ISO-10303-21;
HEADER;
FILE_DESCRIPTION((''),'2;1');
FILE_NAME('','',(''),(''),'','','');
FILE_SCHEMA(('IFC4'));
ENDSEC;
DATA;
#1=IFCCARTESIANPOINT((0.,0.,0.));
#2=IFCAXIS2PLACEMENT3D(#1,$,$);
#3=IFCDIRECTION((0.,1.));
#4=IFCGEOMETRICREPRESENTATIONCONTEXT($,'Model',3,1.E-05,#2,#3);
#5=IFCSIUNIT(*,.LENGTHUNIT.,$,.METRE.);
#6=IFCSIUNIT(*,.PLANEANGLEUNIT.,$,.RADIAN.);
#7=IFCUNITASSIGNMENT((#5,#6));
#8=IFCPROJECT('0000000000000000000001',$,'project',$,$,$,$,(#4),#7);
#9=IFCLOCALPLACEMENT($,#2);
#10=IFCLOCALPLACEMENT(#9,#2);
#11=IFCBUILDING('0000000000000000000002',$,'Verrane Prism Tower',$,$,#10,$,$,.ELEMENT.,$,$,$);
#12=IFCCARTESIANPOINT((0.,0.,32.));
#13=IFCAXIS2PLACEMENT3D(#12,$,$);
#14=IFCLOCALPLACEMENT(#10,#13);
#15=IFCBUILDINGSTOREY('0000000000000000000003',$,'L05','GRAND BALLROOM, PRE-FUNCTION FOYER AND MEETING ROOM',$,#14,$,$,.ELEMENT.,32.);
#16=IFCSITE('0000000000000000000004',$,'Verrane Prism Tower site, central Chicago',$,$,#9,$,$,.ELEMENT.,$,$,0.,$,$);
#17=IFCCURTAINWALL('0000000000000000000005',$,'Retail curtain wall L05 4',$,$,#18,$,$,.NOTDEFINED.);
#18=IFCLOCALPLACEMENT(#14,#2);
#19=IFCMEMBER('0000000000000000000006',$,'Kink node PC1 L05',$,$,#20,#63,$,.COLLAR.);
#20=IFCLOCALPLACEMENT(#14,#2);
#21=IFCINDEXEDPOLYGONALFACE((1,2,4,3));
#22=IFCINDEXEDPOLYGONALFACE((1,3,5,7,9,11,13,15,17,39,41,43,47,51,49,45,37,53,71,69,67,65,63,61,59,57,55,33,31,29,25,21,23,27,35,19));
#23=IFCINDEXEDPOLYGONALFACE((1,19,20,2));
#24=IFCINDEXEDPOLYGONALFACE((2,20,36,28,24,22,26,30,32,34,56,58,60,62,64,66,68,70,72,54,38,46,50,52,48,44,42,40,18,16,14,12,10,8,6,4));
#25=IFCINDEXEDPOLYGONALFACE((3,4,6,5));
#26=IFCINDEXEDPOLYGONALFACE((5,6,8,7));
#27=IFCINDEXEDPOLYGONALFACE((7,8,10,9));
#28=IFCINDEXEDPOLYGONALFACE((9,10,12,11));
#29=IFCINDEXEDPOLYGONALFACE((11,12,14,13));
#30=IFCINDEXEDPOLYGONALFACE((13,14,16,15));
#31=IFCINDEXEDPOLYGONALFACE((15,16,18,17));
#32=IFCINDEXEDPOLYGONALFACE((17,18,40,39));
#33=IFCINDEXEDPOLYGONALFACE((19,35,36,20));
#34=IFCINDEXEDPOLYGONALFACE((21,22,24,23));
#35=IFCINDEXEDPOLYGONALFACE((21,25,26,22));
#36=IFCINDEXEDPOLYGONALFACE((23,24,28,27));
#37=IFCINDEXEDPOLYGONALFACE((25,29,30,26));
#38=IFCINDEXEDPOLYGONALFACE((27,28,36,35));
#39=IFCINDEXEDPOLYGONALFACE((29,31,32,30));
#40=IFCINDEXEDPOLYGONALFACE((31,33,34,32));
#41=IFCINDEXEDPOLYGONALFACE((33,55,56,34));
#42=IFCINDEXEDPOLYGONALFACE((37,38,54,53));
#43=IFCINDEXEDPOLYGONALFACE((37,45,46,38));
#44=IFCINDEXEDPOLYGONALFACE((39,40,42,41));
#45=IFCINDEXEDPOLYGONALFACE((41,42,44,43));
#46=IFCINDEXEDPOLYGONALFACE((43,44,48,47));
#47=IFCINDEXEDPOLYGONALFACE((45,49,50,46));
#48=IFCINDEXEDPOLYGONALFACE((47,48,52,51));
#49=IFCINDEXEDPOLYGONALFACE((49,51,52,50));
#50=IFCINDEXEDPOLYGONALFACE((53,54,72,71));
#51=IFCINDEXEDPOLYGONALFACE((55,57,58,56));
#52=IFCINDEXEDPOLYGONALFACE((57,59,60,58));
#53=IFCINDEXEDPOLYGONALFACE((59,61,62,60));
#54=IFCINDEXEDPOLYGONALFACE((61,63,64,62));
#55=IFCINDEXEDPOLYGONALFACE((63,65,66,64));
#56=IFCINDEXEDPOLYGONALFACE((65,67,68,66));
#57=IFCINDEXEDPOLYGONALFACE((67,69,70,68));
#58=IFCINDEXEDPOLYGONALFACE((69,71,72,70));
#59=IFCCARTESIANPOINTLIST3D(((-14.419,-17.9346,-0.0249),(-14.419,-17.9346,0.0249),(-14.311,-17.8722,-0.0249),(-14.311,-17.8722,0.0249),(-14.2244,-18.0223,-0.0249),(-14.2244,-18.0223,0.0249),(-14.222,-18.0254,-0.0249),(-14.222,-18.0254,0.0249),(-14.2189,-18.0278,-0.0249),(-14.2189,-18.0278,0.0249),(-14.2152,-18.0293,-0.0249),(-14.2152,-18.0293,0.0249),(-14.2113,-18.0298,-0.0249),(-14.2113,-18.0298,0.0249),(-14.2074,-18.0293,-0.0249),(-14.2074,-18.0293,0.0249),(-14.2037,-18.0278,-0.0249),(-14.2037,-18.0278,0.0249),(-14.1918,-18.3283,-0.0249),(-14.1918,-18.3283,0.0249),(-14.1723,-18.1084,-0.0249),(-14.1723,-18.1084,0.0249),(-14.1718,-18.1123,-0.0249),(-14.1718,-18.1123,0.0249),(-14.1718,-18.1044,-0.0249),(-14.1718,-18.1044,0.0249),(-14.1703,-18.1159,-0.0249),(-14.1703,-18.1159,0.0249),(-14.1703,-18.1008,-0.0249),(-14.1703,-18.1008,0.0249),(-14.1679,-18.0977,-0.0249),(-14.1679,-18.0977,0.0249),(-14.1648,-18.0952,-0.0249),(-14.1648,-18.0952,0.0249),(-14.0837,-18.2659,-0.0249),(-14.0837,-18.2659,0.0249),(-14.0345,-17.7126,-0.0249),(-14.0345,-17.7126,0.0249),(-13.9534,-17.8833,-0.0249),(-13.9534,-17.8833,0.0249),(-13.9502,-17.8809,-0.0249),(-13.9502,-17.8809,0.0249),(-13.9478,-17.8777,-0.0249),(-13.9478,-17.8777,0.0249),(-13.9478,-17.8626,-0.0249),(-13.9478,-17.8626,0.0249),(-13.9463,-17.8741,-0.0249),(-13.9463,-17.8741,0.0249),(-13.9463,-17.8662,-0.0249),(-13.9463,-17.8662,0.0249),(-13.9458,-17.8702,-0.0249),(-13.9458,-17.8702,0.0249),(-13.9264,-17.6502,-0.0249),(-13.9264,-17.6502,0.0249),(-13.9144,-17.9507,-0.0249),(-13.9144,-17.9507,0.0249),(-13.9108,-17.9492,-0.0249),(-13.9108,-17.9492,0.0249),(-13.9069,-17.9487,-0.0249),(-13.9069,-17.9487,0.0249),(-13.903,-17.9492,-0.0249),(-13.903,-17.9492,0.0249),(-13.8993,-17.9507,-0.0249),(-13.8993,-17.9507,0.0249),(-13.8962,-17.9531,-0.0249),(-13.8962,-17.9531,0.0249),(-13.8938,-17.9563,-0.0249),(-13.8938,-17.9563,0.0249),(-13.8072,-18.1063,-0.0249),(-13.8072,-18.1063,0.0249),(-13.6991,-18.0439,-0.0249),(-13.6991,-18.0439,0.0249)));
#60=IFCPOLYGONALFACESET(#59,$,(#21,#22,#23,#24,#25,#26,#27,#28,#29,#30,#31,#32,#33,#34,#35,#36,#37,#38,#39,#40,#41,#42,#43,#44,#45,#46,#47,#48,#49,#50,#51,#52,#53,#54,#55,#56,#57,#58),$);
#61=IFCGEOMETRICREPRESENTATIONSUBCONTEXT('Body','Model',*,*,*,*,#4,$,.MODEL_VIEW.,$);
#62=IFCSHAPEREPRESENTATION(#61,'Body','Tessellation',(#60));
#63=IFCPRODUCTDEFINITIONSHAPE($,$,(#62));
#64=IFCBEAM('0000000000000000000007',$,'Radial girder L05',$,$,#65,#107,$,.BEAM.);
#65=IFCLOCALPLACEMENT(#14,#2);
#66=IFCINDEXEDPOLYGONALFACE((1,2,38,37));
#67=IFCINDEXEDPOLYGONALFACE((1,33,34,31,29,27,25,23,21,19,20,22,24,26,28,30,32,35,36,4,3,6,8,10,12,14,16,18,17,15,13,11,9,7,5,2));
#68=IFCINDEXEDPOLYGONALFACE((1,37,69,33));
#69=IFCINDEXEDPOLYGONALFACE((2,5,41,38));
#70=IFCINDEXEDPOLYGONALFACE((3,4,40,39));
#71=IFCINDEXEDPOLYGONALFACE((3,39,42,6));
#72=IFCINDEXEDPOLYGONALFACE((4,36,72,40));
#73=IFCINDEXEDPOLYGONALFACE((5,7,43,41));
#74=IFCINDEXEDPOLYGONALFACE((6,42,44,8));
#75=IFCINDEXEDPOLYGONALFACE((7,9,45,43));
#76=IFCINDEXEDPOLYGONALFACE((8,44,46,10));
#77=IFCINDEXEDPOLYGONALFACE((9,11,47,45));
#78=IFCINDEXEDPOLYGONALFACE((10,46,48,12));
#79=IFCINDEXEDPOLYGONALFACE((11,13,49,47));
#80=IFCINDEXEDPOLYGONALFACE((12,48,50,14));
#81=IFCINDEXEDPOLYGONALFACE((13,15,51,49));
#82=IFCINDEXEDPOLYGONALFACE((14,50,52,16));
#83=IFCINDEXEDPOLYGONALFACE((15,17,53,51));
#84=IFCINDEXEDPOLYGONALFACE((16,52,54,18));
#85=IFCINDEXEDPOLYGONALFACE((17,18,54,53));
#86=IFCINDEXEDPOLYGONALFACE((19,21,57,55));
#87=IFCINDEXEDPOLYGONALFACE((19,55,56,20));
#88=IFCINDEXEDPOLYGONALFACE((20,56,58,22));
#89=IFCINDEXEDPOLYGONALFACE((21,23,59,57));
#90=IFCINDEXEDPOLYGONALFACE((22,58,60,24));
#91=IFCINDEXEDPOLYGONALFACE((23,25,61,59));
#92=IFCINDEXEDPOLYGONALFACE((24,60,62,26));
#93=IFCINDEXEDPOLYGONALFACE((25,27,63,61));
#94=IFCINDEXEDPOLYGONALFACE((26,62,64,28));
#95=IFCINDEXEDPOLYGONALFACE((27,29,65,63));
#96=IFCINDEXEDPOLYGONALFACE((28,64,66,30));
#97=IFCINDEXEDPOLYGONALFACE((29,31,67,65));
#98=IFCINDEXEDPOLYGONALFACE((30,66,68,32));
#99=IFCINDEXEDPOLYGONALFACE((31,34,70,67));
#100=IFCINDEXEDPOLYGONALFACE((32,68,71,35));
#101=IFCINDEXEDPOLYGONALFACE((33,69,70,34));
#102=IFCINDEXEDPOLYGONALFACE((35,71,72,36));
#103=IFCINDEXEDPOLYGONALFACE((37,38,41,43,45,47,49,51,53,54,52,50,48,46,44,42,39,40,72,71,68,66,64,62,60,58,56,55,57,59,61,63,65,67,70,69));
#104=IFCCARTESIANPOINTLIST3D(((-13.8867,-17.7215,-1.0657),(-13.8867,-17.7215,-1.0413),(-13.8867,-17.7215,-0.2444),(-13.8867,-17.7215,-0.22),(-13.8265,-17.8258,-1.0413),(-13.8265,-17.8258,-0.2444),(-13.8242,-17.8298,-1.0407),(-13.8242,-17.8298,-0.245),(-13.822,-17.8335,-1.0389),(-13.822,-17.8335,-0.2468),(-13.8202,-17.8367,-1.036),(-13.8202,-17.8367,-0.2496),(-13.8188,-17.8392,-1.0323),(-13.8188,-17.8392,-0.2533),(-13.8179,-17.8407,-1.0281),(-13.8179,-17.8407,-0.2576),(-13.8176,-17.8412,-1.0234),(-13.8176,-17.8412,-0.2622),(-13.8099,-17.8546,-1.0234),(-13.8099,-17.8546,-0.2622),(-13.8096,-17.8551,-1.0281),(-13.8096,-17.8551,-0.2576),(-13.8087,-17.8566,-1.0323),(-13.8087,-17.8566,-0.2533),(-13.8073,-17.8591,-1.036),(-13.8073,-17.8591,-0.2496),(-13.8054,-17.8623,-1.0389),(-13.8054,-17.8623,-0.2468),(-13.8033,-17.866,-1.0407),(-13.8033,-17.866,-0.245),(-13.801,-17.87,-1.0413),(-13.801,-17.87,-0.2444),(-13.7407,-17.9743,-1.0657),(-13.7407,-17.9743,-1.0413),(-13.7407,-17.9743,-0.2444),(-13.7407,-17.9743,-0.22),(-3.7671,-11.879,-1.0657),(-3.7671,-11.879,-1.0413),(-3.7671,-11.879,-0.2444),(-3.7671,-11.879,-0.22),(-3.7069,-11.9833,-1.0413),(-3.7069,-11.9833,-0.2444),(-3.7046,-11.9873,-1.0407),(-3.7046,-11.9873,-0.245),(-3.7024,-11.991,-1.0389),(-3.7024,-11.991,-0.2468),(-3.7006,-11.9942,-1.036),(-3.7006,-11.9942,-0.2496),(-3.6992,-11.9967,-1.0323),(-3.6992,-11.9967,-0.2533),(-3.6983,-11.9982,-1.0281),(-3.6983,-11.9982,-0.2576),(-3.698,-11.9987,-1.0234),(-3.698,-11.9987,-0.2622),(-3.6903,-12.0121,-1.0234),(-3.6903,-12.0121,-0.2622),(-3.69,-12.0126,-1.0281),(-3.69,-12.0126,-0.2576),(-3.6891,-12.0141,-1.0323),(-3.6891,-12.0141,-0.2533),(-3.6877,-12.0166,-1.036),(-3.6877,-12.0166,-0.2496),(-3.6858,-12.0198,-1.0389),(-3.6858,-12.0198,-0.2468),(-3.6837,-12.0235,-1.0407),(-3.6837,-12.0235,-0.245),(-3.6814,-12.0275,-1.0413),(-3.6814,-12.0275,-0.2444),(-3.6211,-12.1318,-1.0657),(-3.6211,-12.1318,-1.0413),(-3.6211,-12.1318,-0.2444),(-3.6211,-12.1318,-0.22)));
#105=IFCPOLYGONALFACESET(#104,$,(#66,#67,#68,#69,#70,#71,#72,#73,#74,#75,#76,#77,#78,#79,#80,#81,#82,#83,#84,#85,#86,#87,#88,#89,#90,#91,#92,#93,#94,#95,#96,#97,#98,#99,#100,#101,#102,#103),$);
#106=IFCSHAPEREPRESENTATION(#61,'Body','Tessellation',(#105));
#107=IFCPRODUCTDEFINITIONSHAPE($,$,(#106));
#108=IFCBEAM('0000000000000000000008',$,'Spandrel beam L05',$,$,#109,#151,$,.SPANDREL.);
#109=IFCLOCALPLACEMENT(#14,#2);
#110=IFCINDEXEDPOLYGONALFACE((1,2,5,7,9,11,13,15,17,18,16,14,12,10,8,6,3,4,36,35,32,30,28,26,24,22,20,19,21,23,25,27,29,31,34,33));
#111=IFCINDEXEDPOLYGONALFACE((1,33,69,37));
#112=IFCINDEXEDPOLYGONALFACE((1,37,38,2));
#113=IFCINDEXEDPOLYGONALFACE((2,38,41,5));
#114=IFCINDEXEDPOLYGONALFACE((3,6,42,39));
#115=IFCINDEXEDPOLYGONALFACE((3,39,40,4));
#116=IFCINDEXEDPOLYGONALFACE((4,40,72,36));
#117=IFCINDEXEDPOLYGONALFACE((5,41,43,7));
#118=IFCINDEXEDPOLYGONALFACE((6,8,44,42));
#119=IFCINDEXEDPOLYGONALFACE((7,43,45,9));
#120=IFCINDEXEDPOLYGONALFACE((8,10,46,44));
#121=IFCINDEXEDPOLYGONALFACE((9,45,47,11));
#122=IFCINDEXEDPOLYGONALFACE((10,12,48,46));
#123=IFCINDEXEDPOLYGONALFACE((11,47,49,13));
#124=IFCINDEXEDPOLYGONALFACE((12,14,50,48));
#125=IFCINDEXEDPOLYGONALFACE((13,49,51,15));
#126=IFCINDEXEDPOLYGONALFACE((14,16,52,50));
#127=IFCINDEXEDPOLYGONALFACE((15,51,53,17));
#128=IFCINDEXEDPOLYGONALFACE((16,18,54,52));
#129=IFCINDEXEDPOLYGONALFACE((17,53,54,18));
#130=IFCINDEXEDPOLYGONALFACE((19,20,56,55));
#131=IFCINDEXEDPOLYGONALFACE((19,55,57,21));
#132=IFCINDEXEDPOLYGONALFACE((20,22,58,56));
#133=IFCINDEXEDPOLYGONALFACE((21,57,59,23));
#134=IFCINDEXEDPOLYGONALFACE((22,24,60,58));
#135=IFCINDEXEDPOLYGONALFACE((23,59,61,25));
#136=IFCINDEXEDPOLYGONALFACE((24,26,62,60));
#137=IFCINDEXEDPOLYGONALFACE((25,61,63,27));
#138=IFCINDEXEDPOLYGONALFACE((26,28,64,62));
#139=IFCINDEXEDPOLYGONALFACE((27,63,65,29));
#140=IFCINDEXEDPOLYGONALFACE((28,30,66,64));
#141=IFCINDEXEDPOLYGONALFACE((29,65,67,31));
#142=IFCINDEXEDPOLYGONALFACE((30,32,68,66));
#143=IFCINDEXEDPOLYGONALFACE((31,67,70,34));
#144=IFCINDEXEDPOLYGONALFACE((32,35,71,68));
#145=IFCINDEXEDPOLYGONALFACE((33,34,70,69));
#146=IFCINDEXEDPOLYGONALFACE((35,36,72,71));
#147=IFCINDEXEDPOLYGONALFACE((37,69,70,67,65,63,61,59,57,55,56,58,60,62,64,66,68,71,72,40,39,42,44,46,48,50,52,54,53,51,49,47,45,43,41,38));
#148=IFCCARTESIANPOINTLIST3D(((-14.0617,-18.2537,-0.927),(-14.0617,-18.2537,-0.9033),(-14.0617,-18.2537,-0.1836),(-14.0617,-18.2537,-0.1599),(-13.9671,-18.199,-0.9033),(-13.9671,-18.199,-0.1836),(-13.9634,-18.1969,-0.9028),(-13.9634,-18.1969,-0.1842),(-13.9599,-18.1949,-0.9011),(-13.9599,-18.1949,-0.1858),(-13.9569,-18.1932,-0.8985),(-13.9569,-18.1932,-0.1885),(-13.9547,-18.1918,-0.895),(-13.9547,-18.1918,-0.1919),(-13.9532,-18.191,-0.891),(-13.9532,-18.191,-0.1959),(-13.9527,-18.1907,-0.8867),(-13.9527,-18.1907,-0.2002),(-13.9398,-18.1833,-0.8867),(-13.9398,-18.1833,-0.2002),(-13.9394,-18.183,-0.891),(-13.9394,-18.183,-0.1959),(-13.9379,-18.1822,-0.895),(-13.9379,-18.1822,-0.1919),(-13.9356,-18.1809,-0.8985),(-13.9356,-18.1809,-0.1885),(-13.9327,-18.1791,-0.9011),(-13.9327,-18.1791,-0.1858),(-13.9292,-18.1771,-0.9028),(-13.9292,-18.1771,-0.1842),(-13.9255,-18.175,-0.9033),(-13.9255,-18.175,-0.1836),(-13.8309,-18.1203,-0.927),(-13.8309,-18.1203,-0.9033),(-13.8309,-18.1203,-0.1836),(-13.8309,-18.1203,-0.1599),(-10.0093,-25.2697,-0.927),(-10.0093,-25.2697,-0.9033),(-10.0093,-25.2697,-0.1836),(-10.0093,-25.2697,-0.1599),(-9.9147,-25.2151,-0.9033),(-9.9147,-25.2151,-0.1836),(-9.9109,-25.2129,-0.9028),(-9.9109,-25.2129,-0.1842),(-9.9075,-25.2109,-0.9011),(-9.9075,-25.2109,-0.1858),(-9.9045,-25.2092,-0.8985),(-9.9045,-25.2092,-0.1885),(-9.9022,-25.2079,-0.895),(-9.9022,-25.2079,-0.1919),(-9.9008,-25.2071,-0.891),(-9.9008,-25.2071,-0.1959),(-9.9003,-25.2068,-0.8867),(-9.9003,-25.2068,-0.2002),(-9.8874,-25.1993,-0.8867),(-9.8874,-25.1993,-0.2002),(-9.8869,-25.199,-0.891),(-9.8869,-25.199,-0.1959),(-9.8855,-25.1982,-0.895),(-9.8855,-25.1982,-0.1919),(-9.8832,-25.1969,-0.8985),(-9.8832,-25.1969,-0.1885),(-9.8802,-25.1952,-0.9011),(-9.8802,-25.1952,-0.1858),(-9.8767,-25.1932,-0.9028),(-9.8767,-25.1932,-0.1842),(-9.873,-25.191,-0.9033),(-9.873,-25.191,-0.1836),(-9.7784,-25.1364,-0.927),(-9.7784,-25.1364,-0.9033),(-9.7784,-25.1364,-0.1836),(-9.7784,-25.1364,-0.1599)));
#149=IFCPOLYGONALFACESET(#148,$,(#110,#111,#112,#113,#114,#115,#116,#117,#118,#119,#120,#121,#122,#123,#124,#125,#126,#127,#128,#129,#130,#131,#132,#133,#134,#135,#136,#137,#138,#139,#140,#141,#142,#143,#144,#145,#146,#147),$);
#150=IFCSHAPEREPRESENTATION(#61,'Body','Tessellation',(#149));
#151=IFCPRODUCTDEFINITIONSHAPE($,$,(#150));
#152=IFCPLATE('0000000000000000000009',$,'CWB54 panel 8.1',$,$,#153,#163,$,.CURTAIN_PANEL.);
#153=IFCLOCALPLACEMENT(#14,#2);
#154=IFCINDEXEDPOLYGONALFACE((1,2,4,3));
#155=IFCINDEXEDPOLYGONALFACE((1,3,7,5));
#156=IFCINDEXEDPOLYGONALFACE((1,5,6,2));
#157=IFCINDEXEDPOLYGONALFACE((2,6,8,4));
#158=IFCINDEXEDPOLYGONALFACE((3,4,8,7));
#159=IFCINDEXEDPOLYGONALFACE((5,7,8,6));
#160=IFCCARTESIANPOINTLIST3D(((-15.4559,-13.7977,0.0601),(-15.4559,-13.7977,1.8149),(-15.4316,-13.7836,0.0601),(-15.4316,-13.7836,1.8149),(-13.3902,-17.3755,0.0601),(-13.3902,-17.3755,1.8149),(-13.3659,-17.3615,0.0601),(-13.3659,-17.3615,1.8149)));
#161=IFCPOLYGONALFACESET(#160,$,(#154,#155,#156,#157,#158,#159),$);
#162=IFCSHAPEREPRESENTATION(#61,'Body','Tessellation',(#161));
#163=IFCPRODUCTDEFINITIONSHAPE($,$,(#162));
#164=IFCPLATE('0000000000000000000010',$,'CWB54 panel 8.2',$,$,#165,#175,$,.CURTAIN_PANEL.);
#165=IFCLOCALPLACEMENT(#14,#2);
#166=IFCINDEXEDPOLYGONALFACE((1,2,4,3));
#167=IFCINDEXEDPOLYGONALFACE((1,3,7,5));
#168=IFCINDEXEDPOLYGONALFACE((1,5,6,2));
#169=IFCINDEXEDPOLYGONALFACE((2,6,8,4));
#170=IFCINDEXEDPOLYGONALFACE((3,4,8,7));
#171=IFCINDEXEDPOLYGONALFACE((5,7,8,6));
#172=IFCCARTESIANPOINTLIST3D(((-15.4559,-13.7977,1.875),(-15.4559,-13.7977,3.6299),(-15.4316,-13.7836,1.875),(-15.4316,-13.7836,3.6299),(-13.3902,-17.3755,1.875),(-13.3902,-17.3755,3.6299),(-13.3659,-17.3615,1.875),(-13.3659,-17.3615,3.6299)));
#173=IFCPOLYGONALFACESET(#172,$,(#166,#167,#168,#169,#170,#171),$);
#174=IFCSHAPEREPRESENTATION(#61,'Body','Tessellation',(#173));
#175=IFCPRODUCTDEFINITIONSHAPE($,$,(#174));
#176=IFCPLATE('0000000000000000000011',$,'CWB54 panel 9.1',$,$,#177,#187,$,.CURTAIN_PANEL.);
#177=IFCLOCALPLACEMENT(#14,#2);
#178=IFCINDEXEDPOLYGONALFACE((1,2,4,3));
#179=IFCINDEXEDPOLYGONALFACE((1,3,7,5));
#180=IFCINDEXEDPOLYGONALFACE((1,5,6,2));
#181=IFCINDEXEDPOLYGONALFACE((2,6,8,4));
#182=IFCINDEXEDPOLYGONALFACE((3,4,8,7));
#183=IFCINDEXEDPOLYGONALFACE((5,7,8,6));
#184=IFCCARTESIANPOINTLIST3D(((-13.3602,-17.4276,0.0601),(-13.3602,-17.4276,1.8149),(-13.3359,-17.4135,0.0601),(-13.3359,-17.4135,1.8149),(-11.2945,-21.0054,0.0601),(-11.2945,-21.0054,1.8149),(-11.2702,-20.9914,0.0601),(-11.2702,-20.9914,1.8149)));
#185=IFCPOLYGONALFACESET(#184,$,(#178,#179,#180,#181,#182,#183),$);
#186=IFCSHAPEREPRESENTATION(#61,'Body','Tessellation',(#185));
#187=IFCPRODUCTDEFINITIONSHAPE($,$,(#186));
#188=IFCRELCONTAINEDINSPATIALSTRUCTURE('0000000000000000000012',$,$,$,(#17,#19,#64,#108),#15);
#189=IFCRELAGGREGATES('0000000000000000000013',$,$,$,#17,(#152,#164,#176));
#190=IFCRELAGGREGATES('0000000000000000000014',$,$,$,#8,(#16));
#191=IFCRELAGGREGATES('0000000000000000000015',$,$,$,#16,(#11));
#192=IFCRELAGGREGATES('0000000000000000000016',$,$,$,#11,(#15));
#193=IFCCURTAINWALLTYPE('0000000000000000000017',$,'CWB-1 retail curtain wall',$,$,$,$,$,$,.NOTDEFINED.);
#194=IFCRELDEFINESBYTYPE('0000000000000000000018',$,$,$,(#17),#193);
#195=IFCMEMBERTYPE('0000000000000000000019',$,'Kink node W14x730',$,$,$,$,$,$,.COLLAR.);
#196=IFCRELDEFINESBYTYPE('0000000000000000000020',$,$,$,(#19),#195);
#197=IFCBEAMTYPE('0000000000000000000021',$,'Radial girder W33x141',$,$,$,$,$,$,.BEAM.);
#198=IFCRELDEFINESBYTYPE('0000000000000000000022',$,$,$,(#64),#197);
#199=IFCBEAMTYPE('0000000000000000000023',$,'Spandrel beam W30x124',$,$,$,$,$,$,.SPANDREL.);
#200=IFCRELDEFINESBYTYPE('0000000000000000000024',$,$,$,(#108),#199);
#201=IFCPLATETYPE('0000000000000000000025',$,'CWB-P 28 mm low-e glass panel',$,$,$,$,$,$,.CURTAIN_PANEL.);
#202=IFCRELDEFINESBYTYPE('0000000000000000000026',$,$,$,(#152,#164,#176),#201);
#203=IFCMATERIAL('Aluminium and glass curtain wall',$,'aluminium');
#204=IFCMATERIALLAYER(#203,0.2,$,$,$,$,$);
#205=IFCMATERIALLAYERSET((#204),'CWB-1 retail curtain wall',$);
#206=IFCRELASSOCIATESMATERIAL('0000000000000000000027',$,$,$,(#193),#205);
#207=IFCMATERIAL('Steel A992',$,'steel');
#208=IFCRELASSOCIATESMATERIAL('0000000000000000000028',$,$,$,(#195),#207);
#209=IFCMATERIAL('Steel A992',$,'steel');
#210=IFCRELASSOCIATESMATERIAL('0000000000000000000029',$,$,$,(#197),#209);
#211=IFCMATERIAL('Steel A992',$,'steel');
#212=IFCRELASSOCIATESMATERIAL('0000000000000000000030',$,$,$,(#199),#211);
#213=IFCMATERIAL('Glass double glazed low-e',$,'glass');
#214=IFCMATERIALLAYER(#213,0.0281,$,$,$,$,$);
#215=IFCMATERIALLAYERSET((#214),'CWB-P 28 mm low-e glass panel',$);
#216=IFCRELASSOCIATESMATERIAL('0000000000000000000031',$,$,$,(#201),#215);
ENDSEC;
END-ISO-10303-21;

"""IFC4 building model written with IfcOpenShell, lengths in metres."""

from ifc_helpers import new_model, si_unit, direction, frame, origin, origin_2d, place, context, subcontext, project, spatial, rectangle, i_section, extrude, material, layer, layer_set, material_profile, profile_set, type_object, element, aggregate, save


model = new_model("IFC4")

# Units and contexts
model_context = context("Model", 3, precision=1e-05, world=origin(), true_north=direction((0.0, 1.0)))
body_context = subcontext(model_context, "Body", "Model", "MODEL_VIEW")
ifc_project = project(units=[si_unit("LENGTHUNIT", "METRE"), si_unit("PLANEANGLEUNIT", "RADIAN")], contexts=[model_context])

# Site, building, storey
site_placement = place(None, origin())
site = spatial("IfcSite", under=ifc_project, at=site_placement, Name="Verrane Prism Tower site, central Chicago", CompositionType="ELEMENT", RefElevation=0.0)
building_placement = place(site_placement, origin())
building = spatial("IfcBuilding", under=site, at=building_placement, Name="Verrane Prism Tower", CompositionType="ELEMENT")
storey_placement = place(building_placement, frame((0.0, 0.0, 32.0)))
storey = spatial("IfcBuildingStorey", under=building, at=storey_placement, Name="L05", Description="GRAND BALLROOM, PRE-FUNCTION FOYER AND MEETING ROOM", CompositionType="ELEMENT", Elevation=32.0)

# Curtain wall
ifc_material_1 = material(Name="Aluminium and glass curtain wall", Category="aluminium")
ifc_layer_1 = layer(ifc_material_1, 0.2)
ifc_layer_set_1 = layer_set([ifc_layer_1], Name="CWB-1 retail curtain wall")
curtain_wall_type = type_object("IfcCurtainWallType", Name="CWB-1 retail curtain wall", PredefinedType="NOTDEFINED", material=ifc_layer_set_1)
curtain_wall_placement = place(storey_placement, origin())
curtain_wall = element("IfcCurtainWall", 1, at=curtain_wall_placement, inside=storey, type_object=curtain_wall_type, Name="Retail curtain wall L05 4", PredefinedType="NOTDEFINED")

# Member
ifc_material_2 = material(Name="Steel A992", Category="steel")
ifc_material_profile_1 = material_profile(ifc_material_2, i_section(OverallWidth=0.4546, OverallDepth=0.5688, WebThickness=0.0779, FlangeThickness=0.1248, FilletRadius=0.0151, at=origin_2d()), Name="W14x730")
ifc_profile_set_1 = profile_set([ifc_material_profile_1], Name="Steel A992")
member_type_1 = type_object("IfcMemberType", Name="Kink node W14x730", PredefinedType="COLLAR", material=ifc_profile_set_1)
member_1_placement = place(storey_placement, frame((-14.0591, -17.9893, -0.0249), z_axis=(0.0, 0.0, 1.0), x_axis=(-0.5, 0.866025, 0.0)))
element("IfcMember", 2, at=member_1_placement, inside=storey, type_object=member_type_1, Name="Kink node PC1 L05", PredefinedType="COLLAR", context=body_context, shape_type="SweptSolid", body=[
    extrude(i_section(OverallWidth=0.4546, OverallDepth=0.5688, WebThickness=0.0779, FlangeThickness=0.1248, FilletRadius=0.0151, at=origin_2d()), origin(), (0.0, 0.0, 1.0), 0.0498),
])

# Beams
ifc_material_3 = material(Name="Steel A992", Category="steel")
ifc_material_profile_2 = material_profile(ifc_material_3, i_section(OverallWidth=0.292, OverallDepth=0.8457, WebThickness=0.0154, FlangeThickness=0.0244, FilletRadius=0.0178, at=origin_2d()), Name="W33x141")
ifc_profile_set_2 = profile_set([ifc_material_profile_2], Name="Steel A992")
beam_type_1 = type_object("IfcBeamType", Name="Radial girder W33x141", PredefinedType="BEAM", material=ifc_profile_set_2)
beam_1_placement = place(storey_placement, frame((-13.8137, -17.8479, -0.6428), z_axis=(0.866027, 0.499997, 0.0), x_axis=(-0.499997, 0.866027, 0.0)))
element("IfcBeam", 3, at=beam_1_placement, inside=storey, type_object=beam_type_1, Name="Radial girder L05", PredefinedType="BEAM", context=body_context, shape_type="SweptSolid", body=[
    extrude(i_section(OverallWidth=0.292, OverallDepth=0.8457, WebThickness=0.0154, FlangeThickness=0.0244, FilletRadius=0.0178, at=origin_2d()), origin(), (0.0, 0.0, 1.0), 11.6851),
])
ifc_material_4 = material(Name="Steel A992", Category="steel")
ifc_material_profile_3 = material_profile(ifc_material_4, i_section(OverallWidth=0.2666, OverallDepth=0.7671, WebThickness=0.0149, FlangeThickness=0.0237, FilletRadius=0.0166, at=origin_2d()), Name="W30x124")
ifc_profile_set_3 = profile_set([ifc_material_profile_3], Name="Steel A992")
beam_type_2 = type_object("IfcBeamType", Name="Spandrel beam W30x124", PredefinedType="SPANDREL", material=ifc_profile_set_3)
beam_2_placement = place(storey_placement, frame((-13.9463, -18.187, -0.5435), z_axis=(0.500161, -0.865933, 0.0), x_axis=(0.865933, 0.500161, 0.0)))
element("IfcBeam", 4, at=beam_2_placement, inside=storey, type_object=beam_type_2, Name="Spandrel beam L05", PredefinedType="SPANDREL", context=body_context, shape_type="SweptSolid", body=[
    extrude(i_section(OverallWidth=0.2666, OverallDepth=0.7671, WebThickness=0.0149, FlangeThickness=0.0237, FilletRadius=0.0166, at=origin_2d()), origin(), (0.0, 0.0, 1.0), 8.1023),
])

# Plates
ifc_material_5 = material(Name="Glass double glazed low-e", Category="glass")
ifc_layer_2 = layer(ifc_material_5, 0.0281)
ifc_layer_set_2 = layer_set([ifc_layer_2], Name="CWB-P 28 mm low-e glass panel")
plate_type = type_object("IfcPlateType", Name="CWB-P 28 mm low-e glass panel", PredefinedType="CURTAIN_PANEL", material=ifc_layer_set_2)
plate_1_placement = place(storey_placement, frame((-14.4109, -15.5796, 0.0601), z_axis=(0.0, 0.0, 1.0), x_axis=(0.5, -0.866025, 0.0)))
plate_1 = element("IfcPlate", 5, at=plate_1_placement, type_object=plate_type, Name="CWB54 panel 8.1", PredefinedType="CURTAIN_PANEL", context=body_context, shape_type="SweptSolid", body=[
    extrude(rectangle(XDim=4.1313, YDim=0.0281, at=origin_2d()), origin(), (0.0, 0.0, 1.0), 1.7549),
])
plate_2_placement = place(storey_placement, frame((-14.4109, -15.5796, 1.875), z_axis=(0.0, 0.0, 1.0), x_axis=(0.5, -0.866025, 0.0)))
plate_2 = element("IfcPlate", 6, at=plate_2_placement, type_object=plate_type, Name="CWB54 panel 8.2", PredefinedType="CURTAIN_PANEL", context=body_context, shape_type="SweptSolid", body=[
    extrude(rectangle(XDim=4.1313, YDim=0.0281, at=origin_2d()), origin(), (0.0, 0.0, 1.0), 1.7549),
])
plate_3_placement = place(storey_placement, frame((-12.3152, -19.2095, 0.0601), z_axis=(0.0, 0.0, 1.0), x_axis=(0.5, -0.866025, 0.0)))
plate_3 = element("IfcPlate", 7, at=plate_3_placement, type_object=plate_type, Name="CWB54 panel 9.1", PredefinedType="CURTAIN_PANEL", context=body_context, shape_type="SweptSolid", body=[
    extrude(rectangle(XDim=4.1313, YDim=0.0281, at=origin_2d()), origin(), (0.0, 0.0, 1.0), 1.7549),
])
aggregate(curtain_wall, [plate_1, plate_2, plate_3])

save(model, "model.ifc")
